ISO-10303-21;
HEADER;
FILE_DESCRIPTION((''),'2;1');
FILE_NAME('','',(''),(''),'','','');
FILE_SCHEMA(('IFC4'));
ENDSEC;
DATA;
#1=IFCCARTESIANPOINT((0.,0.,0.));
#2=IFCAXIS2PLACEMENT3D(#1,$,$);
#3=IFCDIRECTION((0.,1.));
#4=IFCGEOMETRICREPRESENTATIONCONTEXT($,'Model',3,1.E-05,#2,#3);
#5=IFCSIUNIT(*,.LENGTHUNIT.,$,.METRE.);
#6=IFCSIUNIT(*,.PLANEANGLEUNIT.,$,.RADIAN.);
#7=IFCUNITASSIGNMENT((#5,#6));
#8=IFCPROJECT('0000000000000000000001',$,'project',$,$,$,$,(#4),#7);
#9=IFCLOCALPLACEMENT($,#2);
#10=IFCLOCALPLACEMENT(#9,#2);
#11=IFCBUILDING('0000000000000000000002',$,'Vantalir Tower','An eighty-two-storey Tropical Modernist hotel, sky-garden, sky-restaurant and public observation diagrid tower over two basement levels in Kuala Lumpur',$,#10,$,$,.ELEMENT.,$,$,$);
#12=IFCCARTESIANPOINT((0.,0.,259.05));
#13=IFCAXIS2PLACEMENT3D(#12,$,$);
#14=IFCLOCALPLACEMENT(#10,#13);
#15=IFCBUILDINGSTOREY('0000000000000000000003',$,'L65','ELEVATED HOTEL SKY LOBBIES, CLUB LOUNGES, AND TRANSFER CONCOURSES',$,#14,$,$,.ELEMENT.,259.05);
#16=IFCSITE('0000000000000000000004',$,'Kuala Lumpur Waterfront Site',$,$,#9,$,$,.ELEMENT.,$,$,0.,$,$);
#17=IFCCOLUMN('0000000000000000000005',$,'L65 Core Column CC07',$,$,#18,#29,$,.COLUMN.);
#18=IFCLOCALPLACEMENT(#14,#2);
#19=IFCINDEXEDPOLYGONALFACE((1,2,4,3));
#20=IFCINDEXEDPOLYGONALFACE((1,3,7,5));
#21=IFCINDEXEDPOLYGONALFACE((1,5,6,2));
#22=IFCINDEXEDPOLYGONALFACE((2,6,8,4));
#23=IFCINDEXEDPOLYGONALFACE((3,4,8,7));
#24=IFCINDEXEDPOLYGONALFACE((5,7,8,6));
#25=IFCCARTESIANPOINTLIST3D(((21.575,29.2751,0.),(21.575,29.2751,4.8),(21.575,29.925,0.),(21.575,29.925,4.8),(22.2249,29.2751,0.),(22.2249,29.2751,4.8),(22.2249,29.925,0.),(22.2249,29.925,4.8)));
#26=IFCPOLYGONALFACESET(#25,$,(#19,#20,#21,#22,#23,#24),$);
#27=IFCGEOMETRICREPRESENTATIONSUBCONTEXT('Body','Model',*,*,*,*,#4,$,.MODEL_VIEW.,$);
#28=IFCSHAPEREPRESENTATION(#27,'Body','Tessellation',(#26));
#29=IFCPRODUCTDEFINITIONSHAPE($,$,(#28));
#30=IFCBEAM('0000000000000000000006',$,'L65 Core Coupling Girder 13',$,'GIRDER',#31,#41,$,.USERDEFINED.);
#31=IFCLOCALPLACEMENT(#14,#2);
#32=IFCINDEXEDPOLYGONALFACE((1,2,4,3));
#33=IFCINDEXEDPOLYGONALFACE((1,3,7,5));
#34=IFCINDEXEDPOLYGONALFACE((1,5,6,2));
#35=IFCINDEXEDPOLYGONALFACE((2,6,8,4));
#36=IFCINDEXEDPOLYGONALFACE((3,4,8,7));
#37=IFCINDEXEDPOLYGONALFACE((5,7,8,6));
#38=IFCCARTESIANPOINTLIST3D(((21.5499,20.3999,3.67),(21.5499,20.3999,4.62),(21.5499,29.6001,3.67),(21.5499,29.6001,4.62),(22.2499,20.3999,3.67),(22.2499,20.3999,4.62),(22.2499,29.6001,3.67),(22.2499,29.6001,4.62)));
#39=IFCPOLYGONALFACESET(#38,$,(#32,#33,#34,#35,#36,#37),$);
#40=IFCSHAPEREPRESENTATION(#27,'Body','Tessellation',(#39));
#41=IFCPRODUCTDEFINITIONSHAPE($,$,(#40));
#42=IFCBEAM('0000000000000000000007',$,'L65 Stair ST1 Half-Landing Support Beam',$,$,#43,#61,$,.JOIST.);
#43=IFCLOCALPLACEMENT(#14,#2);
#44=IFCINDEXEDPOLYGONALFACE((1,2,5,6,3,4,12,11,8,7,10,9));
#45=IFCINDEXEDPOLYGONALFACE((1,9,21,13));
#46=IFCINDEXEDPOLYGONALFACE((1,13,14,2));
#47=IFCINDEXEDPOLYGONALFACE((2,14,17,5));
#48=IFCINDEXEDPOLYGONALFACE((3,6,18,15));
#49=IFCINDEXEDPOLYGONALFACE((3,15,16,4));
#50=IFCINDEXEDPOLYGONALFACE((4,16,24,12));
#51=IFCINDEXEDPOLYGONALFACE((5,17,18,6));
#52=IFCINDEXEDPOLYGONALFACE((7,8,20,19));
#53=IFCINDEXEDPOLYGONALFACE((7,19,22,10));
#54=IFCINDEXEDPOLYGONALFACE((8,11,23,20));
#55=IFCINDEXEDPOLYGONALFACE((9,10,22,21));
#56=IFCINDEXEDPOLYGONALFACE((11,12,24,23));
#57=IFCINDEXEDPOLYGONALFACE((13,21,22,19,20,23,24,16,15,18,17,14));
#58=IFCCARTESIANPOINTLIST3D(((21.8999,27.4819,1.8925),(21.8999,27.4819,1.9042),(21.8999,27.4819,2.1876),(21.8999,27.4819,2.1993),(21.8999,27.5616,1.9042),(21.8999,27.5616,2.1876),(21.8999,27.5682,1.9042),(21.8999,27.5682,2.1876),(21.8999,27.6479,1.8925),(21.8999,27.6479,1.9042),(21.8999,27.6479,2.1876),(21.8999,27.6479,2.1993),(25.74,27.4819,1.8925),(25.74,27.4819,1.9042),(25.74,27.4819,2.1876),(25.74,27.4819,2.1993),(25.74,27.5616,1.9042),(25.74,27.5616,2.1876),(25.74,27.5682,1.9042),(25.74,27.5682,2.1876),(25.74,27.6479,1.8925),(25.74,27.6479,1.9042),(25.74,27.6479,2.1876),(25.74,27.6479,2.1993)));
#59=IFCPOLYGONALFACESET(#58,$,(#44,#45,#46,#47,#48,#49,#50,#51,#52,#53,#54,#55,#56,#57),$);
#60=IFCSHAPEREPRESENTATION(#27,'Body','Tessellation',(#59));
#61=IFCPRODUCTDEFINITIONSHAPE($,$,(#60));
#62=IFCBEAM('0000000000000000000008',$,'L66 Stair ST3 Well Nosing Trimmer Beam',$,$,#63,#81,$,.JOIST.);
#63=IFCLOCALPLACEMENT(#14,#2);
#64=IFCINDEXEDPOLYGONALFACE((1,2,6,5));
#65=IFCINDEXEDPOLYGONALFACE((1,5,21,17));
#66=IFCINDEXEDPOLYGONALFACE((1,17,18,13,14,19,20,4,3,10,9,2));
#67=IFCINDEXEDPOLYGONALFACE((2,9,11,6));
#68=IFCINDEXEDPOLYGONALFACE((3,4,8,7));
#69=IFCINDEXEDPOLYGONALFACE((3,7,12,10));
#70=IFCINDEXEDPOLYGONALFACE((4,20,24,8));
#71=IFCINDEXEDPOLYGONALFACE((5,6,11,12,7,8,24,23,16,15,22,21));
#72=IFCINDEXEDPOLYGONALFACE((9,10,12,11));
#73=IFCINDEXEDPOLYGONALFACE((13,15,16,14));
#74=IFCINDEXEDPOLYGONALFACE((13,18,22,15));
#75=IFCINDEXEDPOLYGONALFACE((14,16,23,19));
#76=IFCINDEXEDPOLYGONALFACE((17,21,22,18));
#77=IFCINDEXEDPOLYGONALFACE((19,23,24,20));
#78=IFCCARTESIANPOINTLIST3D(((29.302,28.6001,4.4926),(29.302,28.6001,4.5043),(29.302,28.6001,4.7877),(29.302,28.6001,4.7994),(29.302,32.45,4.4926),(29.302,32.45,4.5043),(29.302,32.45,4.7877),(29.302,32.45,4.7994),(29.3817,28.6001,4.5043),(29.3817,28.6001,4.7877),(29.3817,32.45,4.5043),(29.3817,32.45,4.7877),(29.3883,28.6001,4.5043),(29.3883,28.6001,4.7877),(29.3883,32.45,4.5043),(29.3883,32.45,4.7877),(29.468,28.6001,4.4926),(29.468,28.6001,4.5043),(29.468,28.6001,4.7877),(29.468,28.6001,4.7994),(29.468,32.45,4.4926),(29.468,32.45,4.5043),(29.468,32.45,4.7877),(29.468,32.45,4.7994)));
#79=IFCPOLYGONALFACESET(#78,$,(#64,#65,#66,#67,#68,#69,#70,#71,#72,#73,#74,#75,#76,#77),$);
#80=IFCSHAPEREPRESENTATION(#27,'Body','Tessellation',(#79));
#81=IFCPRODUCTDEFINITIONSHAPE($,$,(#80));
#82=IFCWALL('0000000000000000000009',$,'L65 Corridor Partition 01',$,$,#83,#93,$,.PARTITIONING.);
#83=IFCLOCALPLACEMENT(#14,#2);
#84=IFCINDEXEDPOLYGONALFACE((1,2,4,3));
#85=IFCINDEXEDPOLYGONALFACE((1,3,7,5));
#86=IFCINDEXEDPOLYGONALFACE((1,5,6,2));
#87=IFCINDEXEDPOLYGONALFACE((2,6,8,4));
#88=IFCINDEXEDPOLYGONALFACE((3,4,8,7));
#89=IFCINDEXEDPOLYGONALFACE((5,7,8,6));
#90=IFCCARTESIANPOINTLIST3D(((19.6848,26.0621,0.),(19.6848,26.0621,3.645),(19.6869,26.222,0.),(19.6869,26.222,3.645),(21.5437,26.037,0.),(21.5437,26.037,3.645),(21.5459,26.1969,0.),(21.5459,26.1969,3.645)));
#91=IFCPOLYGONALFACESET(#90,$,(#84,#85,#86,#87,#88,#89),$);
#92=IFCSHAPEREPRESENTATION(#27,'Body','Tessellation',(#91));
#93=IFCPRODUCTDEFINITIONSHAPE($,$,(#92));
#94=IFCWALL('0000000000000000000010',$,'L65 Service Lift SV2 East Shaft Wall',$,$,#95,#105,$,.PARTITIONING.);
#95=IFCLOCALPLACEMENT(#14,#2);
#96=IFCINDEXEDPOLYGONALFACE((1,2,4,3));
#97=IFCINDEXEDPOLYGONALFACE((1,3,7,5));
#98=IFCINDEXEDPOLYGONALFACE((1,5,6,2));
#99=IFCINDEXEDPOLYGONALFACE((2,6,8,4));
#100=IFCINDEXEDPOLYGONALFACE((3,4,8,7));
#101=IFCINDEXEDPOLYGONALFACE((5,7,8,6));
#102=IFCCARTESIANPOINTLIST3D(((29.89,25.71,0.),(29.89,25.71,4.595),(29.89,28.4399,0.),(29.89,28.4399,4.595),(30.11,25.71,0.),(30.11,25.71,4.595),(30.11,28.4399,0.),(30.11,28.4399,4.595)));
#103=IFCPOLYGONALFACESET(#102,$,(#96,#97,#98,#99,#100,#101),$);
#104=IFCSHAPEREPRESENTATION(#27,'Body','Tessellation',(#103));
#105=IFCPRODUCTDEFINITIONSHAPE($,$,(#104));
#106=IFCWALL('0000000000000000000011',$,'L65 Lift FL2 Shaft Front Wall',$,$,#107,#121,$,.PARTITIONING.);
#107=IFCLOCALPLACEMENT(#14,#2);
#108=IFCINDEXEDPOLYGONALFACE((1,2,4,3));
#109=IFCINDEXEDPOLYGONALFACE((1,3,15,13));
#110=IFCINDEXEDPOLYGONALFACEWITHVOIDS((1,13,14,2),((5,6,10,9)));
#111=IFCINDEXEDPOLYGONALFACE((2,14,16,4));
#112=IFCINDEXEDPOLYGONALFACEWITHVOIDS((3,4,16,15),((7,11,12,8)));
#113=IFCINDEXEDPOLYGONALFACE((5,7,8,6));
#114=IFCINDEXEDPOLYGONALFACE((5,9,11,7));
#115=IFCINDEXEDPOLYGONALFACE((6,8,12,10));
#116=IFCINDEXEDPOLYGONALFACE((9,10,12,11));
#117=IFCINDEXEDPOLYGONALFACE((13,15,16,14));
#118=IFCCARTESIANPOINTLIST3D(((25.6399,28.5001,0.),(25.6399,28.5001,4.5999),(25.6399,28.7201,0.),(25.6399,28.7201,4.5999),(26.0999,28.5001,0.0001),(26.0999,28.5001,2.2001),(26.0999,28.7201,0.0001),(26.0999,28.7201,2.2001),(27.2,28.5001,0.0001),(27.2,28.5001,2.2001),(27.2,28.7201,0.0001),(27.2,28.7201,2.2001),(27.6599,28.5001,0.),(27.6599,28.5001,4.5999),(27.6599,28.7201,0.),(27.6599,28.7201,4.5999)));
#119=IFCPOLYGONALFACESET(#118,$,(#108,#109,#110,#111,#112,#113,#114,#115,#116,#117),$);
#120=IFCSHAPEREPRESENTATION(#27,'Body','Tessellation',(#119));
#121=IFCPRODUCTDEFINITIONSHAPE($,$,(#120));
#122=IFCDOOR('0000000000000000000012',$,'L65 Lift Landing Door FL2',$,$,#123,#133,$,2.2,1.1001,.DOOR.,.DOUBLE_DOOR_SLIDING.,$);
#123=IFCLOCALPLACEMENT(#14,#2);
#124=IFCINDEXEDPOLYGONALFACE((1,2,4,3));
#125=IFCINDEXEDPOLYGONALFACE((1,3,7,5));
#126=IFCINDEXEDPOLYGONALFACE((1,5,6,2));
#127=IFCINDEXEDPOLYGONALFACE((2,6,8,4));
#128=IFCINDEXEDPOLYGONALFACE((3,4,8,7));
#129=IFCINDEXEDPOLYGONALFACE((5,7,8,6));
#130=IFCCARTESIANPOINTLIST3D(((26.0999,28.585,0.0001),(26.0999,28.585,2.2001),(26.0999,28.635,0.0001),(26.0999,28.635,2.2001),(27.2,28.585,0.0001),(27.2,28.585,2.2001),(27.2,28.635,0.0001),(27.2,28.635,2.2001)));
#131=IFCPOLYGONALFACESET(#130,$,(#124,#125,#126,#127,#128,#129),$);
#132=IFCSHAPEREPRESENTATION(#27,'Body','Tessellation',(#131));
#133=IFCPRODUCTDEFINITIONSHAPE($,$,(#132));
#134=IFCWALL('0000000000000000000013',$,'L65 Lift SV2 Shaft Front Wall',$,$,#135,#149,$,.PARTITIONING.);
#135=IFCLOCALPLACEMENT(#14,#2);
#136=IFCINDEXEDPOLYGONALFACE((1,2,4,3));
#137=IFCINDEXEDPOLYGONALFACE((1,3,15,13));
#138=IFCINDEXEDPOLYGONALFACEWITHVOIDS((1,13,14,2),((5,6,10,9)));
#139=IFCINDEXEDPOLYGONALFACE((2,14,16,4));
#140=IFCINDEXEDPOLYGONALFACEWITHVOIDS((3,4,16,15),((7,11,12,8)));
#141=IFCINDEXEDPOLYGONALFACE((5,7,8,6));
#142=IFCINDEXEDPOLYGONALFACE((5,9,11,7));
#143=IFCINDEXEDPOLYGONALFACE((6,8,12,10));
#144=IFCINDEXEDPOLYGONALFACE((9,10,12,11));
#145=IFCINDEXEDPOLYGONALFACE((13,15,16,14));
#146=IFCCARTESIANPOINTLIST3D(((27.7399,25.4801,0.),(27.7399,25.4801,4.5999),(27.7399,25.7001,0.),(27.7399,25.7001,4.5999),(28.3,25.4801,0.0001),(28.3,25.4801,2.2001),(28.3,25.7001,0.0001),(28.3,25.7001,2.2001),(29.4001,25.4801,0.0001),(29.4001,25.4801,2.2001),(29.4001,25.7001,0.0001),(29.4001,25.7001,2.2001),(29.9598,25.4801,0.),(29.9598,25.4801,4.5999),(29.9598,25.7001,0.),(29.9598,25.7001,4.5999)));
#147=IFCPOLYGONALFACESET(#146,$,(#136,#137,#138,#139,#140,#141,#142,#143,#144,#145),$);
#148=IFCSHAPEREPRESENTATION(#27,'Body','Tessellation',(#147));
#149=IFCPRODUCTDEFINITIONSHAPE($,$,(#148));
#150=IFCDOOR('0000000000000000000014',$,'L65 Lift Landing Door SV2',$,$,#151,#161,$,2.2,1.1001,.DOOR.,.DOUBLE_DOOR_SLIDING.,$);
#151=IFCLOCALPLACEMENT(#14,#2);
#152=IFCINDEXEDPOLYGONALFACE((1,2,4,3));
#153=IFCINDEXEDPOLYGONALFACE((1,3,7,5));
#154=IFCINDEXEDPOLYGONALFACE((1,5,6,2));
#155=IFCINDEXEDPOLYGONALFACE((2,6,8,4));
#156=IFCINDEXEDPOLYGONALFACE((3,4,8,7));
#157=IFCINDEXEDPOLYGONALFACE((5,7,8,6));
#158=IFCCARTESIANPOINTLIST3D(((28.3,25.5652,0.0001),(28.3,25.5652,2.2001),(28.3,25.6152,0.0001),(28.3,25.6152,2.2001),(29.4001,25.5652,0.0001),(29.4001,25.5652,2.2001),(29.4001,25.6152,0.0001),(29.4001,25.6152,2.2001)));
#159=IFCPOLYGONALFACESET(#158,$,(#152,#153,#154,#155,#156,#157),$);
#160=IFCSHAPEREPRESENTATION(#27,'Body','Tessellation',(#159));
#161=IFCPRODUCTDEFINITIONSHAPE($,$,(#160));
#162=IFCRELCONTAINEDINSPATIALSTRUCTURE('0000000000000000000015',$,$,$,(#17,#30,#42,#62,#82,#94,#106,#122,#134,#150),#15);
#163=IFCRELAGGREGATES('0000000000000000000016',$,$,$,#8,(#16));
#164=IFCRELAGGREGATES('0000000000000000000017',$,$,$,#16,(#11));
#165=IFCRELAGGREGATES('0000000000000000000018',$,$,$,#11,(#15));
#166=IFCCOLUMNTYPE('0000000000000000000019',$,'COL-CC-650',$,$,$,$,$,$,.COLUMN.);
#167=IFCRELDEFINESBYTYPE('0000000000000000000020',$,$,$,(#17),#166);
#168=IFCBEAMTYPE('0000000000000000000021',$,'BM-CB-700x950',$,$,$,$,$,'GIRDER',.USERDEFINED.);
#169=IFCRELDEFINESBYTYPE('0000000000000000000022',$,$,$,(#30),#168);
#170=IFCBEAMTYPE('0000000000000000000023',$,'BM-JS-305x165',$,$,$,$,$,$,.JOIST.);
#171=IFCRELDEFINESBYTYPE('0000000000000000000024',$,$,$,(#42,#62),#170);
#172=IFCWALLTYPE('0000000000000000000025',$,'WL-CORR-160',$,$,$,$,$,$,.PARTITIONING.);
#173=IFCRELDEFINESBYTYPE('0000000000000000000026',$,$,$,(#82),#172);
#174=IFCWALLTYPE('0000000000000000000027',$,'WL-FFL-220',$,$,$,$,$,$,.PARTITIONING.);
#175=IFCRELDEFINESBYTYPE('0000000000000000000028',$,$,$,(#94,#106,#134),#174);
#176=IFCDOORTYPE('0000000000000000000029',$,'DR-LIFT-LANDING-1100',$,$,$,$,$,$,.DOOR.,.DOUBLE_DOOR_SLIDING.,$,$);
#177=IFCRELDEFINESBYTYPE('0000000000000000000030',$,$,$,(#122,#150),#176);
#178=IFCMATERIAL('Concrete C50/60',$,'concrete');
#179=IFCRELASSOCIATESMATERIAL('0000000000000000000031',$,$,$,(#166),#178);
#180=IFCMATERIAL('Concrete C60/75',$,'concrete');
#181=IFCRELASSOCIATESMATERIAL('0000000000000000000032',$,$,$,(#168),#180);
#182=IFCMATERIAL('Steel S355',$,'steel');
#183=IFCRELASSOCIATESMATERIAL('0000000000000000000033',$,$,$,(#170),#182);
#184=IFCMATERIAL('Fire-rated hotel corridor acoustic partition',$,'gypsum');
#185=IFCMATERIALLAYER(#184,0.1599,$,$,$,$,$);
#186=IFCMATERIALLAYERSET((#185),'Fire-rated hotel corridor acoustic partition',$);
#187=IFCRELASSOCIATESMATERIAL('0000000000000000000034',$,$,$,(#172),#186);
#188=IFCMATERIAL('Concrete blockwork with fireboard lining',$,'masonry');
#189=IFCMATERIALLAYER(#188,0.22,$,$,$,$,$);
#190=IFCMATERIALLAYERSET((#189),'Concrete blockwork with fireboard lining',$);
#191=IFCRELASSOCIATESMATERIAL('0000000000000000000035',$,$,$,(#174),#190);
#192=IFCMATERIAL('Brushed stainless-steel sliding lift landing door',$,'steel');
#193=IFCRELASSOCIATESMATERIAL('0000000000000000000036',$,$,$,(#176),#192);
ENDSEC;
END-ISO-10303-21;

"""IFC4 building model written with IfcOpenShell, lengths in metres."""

from ifc_helpers import new_model, si_unit, direction, frame, frame_2d, origin, origin_2d, place, context, subcontext, project, spatial, rectangle, i_section, extrude, material, layer, layer_set, material_profile, profile_set, type_object, element, fill, save


model = new_model("IFC4")

# Units and contexts
model_context = context("Model", 3, precision=1e-05, world=origin(), true_north=direction((0.0, 1.0)))
body_context = subcontext(model_context, "Body", "Model", "MODEL_VIEW")
ifc_project = project(units=[si_unit("LENGTHUNIT", "METRE"), si_unit("PLANEANGLEUNIT", "RADIAN")], contexts=[model_context])

# Site, building, storey
site_placement = place(None, origin())
site = spatial("IfcSite", under=ifc_project, at=site_placement, Name="Kuala Lumpur Waterfront Site", CompositionType="ELEMENT", RefElevation=0.0)
building_placement = place(site_placement, origin())
building = spatial("IfcBuilding", under=site, at=building_placement, Name="Vantalir Tower", Description="An eighty-two-storey Tropical Modernist hotel, sky-garden, sky-restaurant and public observation diagrid tower over two basement levels in Kuala Lumpur", CompositionType="ELEMENT")
storey_placement = place(building_placement, frame((0.0, 0.0, 259.05)))
storey = spatial("IfcBuildingStorey", under=building, at=storey_placement, Name="L65", Description="ELEVATED HOTEL SKY LOBBIES, CLUB LOUNGES, AND TRANSFER CONCOURSES", CompositionType="ELEMENT", Elevation=259.05)

# Column
ifc_material_1 = material(Name="Concrete C50/60", Category="concrete")
ifc_material_profile_1 = material_profile(ifc_material_1, rectangle(XDim=0.6499, YDim=0.6499, at=origin_2d()), Name="Concrete C50/60")
ifc_profile_set_1 = profile_set([ifc_material_profile_1], Name="Concrete C50/60")
column_type = type_object("IfcColumnType", Name="COL-CC-650", PredefinedType="COLUMN", material=ifc_profile_set_1)
column_placement = place(storey_placement, frame((21.8999, 29.6001, 0.0), z_axis=(0.0, 0.0, 1.0), x_axis=(1.0, 0.0, 0.0)))
element("IfcColumn", 1, at=column_placement, inside=storey, type_object=column_type, Name="L65 Core Column CC07", PredefinedType="COLUMN", context=body_context, shape_type="SweptSolid", body=[
    extrude(rectangle(XDim=0.6499, YDim=0.6499, at=origin_2d()), origin(), (0.0, 0.0, 1.0), 4.8),
])

# Beams
ifc_material_2 = material(Name="Concrete C60/75", Category="concrete")
ifc_material_profile_2 = material_profile(ifc_material_2, rectangle(XDim=0.7, YDim=0.95, at=origin_2d()), Name="Concrete C60/75")
ifc_profile_set_2 = profile_set([ifc_material_profile_2], Name="Concrete C60/75")
beam_type_1 = type_object("IfcBeamType", Name="BM-CB-700x950", ElementType="GIRDER", PredefinedType="USERDEFINED", material=ifc_profile_set_2)
beam_1_placement = place(storey_placement, frame((21.8999, 29.6001, 4.145), z_axis=(0.0, -1.0, 0.0), x_axis=(1.0, 0.0, 0.0)))
element("IfcBeam", 2, at=beam_1_placement, inside=storey, type_object=beam_type_1, Name="L65 Core Coupling Girder 13", ObjectType="GIRDER", PredefinedType="USERDEFINED", context=body_context, shape_type="SweptSolid", body=[
    extrude(rectangle(XDim=0.7, YDim=0.95, at=origin_2d()), origin(), (0.0, 0.0, 1.0), 9.2002),
])
ifc_material_3 = material(Name="Steel S355", Category="steel")
ifc_material_profile_3 = material_profile(ifc_material_3, i_section(OverallWidth=0.166, OverallDepth=0.3069, WebThickness=0.0066, FlangeThickness=0.0117, at=origin_2d()), Name="Steel S355")
ifc_profile_set_3 = profile_set([ifc_material_profile_3], Name="Steel S355")
beam_type_2 = type_object("IfcBeamType", Name="BM-JS-305x165", PredefinedType="JOIST", material=ifc_profile_set_3)
beam_2_placement = place(storey_placement, frame((21.8999, 27.5649, 2.0459), z_axis=(1.0, 0.0, 0.0), x_axis=(0.0, 1.0, 0.0)))
element("IfcBeam", 3, at=beam_2_placement, inside=storey, type_object=beam_type_2, Name="L65 Stair ST1 Half-Landing Support Beam", PredefinedType="JOIST", context=body_context, shape_type="SweptSolid", body=[
    extrude(i_section(OverallWidth=0.166, OverallDepth=0.3069, WebThickness=0.0066, FlangeThickness=0.0117, at=origin_2d()), origin(), (0.0, 0.0, 1.0), 3.8401),
])
beam_3_placement = place(storey_placement, frame((29.385, 28.6001, 4.646), z_axis=(0.0, 1.0, 0.0), x_axis=(-1.0, 0.0, 0.0)))
element("IfcBeam", 4, at=beam_3_placement, inside=storey, type_object=beam_type_2, Name="L66 Stair ST3 Well Nosing Trimmer Beam", PredefinedType="JOIST", context=body_context, shape_type="SweptSolid", body=[
    extrude(i_section(OverallWidth=0.166, OverallDepth=0.3069, WebThickness=0.0066, FlangeThickness=0.0117, at=origin_2d()), origin(), (0.0, 0.0, 1.0), 3.8499),
])

# Walls
ifc_material_4 = material(Name="Fire-rated hotel corridor acoustic partition", Category="gypsum")
ifc_layer_1 = layer(ifc_material_4, 0.1599)
ifc_layer_set_1 = layer_set([ifc_layer_1], Name="Fire-rated hotel corridor acoustic partition")
wall_type_1 = type_object("IfcWallType", Name="WL-CORR-160", PredefinedType="PARTITIONING", material=ifc_layer_set_1)
wall_1_placement = place(storey_placement, frame((21.5449, 26.1169, 0.0), z_axis=(0.0, 0.0, 1.0), x_axis=(-0.999909, 0.013526, 0.0)))
element("IfcWall", 5, at=wall_1_placement, inside=storey, type_object=wall_type_1, Name="L65 Corridor Partition 01", PredefinedType="PARTITIONING", context=body_context, shape_type="SweptSolid", body=[
    extrude(rectangle(XDim=1.8591, YDim=0.1599, at=frame_2d((0.9297, 0.0))), origin(), (0.0, 0.0, 1.0), 3.645),
])
ifc_material_5 = material(Name="Concrete blockwork with fireboard lining", Category="masonry")
ifc_layer_2 = layer(ifc_material_5, 0.22)
ifc_layer_set_2 = layer_set([ifc_layer_2], Name="Concrete blockwork with fireboard lining")
wall_type_2 = type_object("IfcWallType", Name="WL-FFL-220", PredefinedType="PARTITIONING", material=ifc_layer_set_2)
wall_2_placement = place(storey_placement, frame((30.0, 25.71, 0.0), z_axis=(0.0, 0.0, 1.0), x_axis=(0.0, 1.0, 0.0)))
element("IfcWall", 6, at=wall_2_placement, inside=storey, type_object=wall_type_2, Name="L65 Service Lift SV2 East Shaft Wall", PredefinedType="PARTITIONING", context=body_context, shape_type="SweptSolid", body=[
    extrude(rectangle(XDim=2.73, YDim=0.22, at=frame_2d((1.365, 0.0))), origin(), (0.0, 0.0, 1.0), 4.595),
])

# Walls, openings, doors
wall_3_placement = place(storey_placement, frame((25.6399, 28.6101, 0.0), z_axis=(0.0, 0.0, 1.0), x_axis=(1.0, 0.0, 0.0)))
wall_3 = element("IfcWall", 7, at=wall_3_placement, inside=storey, type_object=wall_type_2, Name="L65 Lift FL2 Shaft Front Wall", PredefinedType="PARTITIONING", context=body_context, shape_type="SweptSolid", body=[
    extrude(rectangle(XDim=2.02, YDim=0.22, at=frame_2d((1.01, 0.0))), origin(), (0.0, 0.0, 1.0), 4.5999),
])
opening_1_placement = place(wall_3_placement, frame((0.46, 0.0, 0.0)))
opening_1 = element("IfcOpeningElement", 8, at=opening_1_placement, cuts=wall_3, PredefinedType="OPENING", context=body_context, shape_type="SweptSolid", body=[
    extrude(rectangle(XDim=1.1001, YDim=2.2, at=frame_2d((0.55, 1.1001))), frame((0.0, 0.1199, 0.0), z_axis=(0.0, -1.0, 0.0), x_axis=(1.0, 0.0, 0.0)), (0.0, 0.0, 1.0), 0.24),
])
ifc_material_6 = material(Name="Brushed stainless-steel sliding lift landing door", Category="steel")
door_type_1 = type_object("IfcDoorType", Name="DR-LIFT-LANDING-1100", OperationType="DOUBLE_DOOR_SLIDING", PredefinedType="DOOR", material=ifc_material_6)
door_1_placement = place(opening_1_placement, origin())
door_1 = element("IfcDoor", 9, at=door_1_placement, inside=storey, type_object=door_type_1, Name="L65 Lift Landing Door FL2", OperationType="DOUBLE_DOOR_SLIDING", OverallHeight=2.2, OverallWidth=1.1001, PredefinedType="DOOR", context=body_context, shape_type="SweptSolid", body=[
    extrude(rectangle(XDim=1.1001, YDim=2.2, at=frame_2d((0.55, 1.1001))), frame((0.0, 0.0249, 0.0), z_axis=(0.0, -1.0, 0.0), x_axis=(1.0, 0.0, 0.0)), (0.0, 0.0, 1.0), 0.05),
])
fill(opening_1, door_1)
wall_4_placement = place(storey_placement, frame((27.74, 25.5901, 0.0), z_axis=(0.0, 0.0, 1.0), x_axis=(1.0, 0.0, 0.0)))
wall_4 = element("IfcWall", 10, at=wall_4_placement, inside=storey, type_object=wall_type_2, Name="L65 Lift SV2 Shaft Front Wall", PredefinedType="PARTITIONING", context=body_context, shape_type="SweptSolid", body=[
    extrude(rectangle(XDim=2.22, YDim=0.22, at=frame_2d((1.1099, 0.0))), origin(), (0.0, 0.0, 1.0), 4.5999),
])
opening_2_placement = place(wall_4_placement, frame((0.5601, 0.0, 0.0)))
opening_2 = element("IfcOpeningElement", 11, at=opening_2_placement, cuts=wall_4, PredefinedType="OPENING", context=body_context, shape_type="SweptSolid", body=[
    extrude(rectangle(XDim=1.1001, YDim=2.2, at=frame_2d((0.55, 1.1001))), frame((0.0, 0.1199, 0.0), z_axis=(0.0, -1.0, 0.0), x_axis=(1.0, 0.0, 0.0)), (0.0, 0.0, 1.0), 0.24),
])
door_2_placement = place(opening_2_placement, frame((1.1001, 0.0, 0.0), z_axis=(0.0, 0.0, 1.0), x_axis=(-1.0, 0.0, 0.0)))
door_2 = element("IfcDoor", 12, at=door_2_placement, inside=storey, type_object=door_type_1, Name="L65 Lift Landing Door SV2", OperationType="DOUBLE_DOOR_SLIDING", OverallHeight=2.2, OverallWidth=1.1001, PredefinedType="DOOR", context=body_context, shape_type="SweptSolid", body=[
    extrude(rectangle(XDim=1.1001, YDim=2.2, at=frame_2d((0.55, 1.1001))), frame((0.0, 0.0249, 0.0), z_axis=(0.0, -1.0, 0.0), x_axis=(1.0, 0.0, 0.0)), (0.0, 0.0, 1.0), 0.05),
])
fill(opening_2, door_2)

save(model, "model.ifc")
